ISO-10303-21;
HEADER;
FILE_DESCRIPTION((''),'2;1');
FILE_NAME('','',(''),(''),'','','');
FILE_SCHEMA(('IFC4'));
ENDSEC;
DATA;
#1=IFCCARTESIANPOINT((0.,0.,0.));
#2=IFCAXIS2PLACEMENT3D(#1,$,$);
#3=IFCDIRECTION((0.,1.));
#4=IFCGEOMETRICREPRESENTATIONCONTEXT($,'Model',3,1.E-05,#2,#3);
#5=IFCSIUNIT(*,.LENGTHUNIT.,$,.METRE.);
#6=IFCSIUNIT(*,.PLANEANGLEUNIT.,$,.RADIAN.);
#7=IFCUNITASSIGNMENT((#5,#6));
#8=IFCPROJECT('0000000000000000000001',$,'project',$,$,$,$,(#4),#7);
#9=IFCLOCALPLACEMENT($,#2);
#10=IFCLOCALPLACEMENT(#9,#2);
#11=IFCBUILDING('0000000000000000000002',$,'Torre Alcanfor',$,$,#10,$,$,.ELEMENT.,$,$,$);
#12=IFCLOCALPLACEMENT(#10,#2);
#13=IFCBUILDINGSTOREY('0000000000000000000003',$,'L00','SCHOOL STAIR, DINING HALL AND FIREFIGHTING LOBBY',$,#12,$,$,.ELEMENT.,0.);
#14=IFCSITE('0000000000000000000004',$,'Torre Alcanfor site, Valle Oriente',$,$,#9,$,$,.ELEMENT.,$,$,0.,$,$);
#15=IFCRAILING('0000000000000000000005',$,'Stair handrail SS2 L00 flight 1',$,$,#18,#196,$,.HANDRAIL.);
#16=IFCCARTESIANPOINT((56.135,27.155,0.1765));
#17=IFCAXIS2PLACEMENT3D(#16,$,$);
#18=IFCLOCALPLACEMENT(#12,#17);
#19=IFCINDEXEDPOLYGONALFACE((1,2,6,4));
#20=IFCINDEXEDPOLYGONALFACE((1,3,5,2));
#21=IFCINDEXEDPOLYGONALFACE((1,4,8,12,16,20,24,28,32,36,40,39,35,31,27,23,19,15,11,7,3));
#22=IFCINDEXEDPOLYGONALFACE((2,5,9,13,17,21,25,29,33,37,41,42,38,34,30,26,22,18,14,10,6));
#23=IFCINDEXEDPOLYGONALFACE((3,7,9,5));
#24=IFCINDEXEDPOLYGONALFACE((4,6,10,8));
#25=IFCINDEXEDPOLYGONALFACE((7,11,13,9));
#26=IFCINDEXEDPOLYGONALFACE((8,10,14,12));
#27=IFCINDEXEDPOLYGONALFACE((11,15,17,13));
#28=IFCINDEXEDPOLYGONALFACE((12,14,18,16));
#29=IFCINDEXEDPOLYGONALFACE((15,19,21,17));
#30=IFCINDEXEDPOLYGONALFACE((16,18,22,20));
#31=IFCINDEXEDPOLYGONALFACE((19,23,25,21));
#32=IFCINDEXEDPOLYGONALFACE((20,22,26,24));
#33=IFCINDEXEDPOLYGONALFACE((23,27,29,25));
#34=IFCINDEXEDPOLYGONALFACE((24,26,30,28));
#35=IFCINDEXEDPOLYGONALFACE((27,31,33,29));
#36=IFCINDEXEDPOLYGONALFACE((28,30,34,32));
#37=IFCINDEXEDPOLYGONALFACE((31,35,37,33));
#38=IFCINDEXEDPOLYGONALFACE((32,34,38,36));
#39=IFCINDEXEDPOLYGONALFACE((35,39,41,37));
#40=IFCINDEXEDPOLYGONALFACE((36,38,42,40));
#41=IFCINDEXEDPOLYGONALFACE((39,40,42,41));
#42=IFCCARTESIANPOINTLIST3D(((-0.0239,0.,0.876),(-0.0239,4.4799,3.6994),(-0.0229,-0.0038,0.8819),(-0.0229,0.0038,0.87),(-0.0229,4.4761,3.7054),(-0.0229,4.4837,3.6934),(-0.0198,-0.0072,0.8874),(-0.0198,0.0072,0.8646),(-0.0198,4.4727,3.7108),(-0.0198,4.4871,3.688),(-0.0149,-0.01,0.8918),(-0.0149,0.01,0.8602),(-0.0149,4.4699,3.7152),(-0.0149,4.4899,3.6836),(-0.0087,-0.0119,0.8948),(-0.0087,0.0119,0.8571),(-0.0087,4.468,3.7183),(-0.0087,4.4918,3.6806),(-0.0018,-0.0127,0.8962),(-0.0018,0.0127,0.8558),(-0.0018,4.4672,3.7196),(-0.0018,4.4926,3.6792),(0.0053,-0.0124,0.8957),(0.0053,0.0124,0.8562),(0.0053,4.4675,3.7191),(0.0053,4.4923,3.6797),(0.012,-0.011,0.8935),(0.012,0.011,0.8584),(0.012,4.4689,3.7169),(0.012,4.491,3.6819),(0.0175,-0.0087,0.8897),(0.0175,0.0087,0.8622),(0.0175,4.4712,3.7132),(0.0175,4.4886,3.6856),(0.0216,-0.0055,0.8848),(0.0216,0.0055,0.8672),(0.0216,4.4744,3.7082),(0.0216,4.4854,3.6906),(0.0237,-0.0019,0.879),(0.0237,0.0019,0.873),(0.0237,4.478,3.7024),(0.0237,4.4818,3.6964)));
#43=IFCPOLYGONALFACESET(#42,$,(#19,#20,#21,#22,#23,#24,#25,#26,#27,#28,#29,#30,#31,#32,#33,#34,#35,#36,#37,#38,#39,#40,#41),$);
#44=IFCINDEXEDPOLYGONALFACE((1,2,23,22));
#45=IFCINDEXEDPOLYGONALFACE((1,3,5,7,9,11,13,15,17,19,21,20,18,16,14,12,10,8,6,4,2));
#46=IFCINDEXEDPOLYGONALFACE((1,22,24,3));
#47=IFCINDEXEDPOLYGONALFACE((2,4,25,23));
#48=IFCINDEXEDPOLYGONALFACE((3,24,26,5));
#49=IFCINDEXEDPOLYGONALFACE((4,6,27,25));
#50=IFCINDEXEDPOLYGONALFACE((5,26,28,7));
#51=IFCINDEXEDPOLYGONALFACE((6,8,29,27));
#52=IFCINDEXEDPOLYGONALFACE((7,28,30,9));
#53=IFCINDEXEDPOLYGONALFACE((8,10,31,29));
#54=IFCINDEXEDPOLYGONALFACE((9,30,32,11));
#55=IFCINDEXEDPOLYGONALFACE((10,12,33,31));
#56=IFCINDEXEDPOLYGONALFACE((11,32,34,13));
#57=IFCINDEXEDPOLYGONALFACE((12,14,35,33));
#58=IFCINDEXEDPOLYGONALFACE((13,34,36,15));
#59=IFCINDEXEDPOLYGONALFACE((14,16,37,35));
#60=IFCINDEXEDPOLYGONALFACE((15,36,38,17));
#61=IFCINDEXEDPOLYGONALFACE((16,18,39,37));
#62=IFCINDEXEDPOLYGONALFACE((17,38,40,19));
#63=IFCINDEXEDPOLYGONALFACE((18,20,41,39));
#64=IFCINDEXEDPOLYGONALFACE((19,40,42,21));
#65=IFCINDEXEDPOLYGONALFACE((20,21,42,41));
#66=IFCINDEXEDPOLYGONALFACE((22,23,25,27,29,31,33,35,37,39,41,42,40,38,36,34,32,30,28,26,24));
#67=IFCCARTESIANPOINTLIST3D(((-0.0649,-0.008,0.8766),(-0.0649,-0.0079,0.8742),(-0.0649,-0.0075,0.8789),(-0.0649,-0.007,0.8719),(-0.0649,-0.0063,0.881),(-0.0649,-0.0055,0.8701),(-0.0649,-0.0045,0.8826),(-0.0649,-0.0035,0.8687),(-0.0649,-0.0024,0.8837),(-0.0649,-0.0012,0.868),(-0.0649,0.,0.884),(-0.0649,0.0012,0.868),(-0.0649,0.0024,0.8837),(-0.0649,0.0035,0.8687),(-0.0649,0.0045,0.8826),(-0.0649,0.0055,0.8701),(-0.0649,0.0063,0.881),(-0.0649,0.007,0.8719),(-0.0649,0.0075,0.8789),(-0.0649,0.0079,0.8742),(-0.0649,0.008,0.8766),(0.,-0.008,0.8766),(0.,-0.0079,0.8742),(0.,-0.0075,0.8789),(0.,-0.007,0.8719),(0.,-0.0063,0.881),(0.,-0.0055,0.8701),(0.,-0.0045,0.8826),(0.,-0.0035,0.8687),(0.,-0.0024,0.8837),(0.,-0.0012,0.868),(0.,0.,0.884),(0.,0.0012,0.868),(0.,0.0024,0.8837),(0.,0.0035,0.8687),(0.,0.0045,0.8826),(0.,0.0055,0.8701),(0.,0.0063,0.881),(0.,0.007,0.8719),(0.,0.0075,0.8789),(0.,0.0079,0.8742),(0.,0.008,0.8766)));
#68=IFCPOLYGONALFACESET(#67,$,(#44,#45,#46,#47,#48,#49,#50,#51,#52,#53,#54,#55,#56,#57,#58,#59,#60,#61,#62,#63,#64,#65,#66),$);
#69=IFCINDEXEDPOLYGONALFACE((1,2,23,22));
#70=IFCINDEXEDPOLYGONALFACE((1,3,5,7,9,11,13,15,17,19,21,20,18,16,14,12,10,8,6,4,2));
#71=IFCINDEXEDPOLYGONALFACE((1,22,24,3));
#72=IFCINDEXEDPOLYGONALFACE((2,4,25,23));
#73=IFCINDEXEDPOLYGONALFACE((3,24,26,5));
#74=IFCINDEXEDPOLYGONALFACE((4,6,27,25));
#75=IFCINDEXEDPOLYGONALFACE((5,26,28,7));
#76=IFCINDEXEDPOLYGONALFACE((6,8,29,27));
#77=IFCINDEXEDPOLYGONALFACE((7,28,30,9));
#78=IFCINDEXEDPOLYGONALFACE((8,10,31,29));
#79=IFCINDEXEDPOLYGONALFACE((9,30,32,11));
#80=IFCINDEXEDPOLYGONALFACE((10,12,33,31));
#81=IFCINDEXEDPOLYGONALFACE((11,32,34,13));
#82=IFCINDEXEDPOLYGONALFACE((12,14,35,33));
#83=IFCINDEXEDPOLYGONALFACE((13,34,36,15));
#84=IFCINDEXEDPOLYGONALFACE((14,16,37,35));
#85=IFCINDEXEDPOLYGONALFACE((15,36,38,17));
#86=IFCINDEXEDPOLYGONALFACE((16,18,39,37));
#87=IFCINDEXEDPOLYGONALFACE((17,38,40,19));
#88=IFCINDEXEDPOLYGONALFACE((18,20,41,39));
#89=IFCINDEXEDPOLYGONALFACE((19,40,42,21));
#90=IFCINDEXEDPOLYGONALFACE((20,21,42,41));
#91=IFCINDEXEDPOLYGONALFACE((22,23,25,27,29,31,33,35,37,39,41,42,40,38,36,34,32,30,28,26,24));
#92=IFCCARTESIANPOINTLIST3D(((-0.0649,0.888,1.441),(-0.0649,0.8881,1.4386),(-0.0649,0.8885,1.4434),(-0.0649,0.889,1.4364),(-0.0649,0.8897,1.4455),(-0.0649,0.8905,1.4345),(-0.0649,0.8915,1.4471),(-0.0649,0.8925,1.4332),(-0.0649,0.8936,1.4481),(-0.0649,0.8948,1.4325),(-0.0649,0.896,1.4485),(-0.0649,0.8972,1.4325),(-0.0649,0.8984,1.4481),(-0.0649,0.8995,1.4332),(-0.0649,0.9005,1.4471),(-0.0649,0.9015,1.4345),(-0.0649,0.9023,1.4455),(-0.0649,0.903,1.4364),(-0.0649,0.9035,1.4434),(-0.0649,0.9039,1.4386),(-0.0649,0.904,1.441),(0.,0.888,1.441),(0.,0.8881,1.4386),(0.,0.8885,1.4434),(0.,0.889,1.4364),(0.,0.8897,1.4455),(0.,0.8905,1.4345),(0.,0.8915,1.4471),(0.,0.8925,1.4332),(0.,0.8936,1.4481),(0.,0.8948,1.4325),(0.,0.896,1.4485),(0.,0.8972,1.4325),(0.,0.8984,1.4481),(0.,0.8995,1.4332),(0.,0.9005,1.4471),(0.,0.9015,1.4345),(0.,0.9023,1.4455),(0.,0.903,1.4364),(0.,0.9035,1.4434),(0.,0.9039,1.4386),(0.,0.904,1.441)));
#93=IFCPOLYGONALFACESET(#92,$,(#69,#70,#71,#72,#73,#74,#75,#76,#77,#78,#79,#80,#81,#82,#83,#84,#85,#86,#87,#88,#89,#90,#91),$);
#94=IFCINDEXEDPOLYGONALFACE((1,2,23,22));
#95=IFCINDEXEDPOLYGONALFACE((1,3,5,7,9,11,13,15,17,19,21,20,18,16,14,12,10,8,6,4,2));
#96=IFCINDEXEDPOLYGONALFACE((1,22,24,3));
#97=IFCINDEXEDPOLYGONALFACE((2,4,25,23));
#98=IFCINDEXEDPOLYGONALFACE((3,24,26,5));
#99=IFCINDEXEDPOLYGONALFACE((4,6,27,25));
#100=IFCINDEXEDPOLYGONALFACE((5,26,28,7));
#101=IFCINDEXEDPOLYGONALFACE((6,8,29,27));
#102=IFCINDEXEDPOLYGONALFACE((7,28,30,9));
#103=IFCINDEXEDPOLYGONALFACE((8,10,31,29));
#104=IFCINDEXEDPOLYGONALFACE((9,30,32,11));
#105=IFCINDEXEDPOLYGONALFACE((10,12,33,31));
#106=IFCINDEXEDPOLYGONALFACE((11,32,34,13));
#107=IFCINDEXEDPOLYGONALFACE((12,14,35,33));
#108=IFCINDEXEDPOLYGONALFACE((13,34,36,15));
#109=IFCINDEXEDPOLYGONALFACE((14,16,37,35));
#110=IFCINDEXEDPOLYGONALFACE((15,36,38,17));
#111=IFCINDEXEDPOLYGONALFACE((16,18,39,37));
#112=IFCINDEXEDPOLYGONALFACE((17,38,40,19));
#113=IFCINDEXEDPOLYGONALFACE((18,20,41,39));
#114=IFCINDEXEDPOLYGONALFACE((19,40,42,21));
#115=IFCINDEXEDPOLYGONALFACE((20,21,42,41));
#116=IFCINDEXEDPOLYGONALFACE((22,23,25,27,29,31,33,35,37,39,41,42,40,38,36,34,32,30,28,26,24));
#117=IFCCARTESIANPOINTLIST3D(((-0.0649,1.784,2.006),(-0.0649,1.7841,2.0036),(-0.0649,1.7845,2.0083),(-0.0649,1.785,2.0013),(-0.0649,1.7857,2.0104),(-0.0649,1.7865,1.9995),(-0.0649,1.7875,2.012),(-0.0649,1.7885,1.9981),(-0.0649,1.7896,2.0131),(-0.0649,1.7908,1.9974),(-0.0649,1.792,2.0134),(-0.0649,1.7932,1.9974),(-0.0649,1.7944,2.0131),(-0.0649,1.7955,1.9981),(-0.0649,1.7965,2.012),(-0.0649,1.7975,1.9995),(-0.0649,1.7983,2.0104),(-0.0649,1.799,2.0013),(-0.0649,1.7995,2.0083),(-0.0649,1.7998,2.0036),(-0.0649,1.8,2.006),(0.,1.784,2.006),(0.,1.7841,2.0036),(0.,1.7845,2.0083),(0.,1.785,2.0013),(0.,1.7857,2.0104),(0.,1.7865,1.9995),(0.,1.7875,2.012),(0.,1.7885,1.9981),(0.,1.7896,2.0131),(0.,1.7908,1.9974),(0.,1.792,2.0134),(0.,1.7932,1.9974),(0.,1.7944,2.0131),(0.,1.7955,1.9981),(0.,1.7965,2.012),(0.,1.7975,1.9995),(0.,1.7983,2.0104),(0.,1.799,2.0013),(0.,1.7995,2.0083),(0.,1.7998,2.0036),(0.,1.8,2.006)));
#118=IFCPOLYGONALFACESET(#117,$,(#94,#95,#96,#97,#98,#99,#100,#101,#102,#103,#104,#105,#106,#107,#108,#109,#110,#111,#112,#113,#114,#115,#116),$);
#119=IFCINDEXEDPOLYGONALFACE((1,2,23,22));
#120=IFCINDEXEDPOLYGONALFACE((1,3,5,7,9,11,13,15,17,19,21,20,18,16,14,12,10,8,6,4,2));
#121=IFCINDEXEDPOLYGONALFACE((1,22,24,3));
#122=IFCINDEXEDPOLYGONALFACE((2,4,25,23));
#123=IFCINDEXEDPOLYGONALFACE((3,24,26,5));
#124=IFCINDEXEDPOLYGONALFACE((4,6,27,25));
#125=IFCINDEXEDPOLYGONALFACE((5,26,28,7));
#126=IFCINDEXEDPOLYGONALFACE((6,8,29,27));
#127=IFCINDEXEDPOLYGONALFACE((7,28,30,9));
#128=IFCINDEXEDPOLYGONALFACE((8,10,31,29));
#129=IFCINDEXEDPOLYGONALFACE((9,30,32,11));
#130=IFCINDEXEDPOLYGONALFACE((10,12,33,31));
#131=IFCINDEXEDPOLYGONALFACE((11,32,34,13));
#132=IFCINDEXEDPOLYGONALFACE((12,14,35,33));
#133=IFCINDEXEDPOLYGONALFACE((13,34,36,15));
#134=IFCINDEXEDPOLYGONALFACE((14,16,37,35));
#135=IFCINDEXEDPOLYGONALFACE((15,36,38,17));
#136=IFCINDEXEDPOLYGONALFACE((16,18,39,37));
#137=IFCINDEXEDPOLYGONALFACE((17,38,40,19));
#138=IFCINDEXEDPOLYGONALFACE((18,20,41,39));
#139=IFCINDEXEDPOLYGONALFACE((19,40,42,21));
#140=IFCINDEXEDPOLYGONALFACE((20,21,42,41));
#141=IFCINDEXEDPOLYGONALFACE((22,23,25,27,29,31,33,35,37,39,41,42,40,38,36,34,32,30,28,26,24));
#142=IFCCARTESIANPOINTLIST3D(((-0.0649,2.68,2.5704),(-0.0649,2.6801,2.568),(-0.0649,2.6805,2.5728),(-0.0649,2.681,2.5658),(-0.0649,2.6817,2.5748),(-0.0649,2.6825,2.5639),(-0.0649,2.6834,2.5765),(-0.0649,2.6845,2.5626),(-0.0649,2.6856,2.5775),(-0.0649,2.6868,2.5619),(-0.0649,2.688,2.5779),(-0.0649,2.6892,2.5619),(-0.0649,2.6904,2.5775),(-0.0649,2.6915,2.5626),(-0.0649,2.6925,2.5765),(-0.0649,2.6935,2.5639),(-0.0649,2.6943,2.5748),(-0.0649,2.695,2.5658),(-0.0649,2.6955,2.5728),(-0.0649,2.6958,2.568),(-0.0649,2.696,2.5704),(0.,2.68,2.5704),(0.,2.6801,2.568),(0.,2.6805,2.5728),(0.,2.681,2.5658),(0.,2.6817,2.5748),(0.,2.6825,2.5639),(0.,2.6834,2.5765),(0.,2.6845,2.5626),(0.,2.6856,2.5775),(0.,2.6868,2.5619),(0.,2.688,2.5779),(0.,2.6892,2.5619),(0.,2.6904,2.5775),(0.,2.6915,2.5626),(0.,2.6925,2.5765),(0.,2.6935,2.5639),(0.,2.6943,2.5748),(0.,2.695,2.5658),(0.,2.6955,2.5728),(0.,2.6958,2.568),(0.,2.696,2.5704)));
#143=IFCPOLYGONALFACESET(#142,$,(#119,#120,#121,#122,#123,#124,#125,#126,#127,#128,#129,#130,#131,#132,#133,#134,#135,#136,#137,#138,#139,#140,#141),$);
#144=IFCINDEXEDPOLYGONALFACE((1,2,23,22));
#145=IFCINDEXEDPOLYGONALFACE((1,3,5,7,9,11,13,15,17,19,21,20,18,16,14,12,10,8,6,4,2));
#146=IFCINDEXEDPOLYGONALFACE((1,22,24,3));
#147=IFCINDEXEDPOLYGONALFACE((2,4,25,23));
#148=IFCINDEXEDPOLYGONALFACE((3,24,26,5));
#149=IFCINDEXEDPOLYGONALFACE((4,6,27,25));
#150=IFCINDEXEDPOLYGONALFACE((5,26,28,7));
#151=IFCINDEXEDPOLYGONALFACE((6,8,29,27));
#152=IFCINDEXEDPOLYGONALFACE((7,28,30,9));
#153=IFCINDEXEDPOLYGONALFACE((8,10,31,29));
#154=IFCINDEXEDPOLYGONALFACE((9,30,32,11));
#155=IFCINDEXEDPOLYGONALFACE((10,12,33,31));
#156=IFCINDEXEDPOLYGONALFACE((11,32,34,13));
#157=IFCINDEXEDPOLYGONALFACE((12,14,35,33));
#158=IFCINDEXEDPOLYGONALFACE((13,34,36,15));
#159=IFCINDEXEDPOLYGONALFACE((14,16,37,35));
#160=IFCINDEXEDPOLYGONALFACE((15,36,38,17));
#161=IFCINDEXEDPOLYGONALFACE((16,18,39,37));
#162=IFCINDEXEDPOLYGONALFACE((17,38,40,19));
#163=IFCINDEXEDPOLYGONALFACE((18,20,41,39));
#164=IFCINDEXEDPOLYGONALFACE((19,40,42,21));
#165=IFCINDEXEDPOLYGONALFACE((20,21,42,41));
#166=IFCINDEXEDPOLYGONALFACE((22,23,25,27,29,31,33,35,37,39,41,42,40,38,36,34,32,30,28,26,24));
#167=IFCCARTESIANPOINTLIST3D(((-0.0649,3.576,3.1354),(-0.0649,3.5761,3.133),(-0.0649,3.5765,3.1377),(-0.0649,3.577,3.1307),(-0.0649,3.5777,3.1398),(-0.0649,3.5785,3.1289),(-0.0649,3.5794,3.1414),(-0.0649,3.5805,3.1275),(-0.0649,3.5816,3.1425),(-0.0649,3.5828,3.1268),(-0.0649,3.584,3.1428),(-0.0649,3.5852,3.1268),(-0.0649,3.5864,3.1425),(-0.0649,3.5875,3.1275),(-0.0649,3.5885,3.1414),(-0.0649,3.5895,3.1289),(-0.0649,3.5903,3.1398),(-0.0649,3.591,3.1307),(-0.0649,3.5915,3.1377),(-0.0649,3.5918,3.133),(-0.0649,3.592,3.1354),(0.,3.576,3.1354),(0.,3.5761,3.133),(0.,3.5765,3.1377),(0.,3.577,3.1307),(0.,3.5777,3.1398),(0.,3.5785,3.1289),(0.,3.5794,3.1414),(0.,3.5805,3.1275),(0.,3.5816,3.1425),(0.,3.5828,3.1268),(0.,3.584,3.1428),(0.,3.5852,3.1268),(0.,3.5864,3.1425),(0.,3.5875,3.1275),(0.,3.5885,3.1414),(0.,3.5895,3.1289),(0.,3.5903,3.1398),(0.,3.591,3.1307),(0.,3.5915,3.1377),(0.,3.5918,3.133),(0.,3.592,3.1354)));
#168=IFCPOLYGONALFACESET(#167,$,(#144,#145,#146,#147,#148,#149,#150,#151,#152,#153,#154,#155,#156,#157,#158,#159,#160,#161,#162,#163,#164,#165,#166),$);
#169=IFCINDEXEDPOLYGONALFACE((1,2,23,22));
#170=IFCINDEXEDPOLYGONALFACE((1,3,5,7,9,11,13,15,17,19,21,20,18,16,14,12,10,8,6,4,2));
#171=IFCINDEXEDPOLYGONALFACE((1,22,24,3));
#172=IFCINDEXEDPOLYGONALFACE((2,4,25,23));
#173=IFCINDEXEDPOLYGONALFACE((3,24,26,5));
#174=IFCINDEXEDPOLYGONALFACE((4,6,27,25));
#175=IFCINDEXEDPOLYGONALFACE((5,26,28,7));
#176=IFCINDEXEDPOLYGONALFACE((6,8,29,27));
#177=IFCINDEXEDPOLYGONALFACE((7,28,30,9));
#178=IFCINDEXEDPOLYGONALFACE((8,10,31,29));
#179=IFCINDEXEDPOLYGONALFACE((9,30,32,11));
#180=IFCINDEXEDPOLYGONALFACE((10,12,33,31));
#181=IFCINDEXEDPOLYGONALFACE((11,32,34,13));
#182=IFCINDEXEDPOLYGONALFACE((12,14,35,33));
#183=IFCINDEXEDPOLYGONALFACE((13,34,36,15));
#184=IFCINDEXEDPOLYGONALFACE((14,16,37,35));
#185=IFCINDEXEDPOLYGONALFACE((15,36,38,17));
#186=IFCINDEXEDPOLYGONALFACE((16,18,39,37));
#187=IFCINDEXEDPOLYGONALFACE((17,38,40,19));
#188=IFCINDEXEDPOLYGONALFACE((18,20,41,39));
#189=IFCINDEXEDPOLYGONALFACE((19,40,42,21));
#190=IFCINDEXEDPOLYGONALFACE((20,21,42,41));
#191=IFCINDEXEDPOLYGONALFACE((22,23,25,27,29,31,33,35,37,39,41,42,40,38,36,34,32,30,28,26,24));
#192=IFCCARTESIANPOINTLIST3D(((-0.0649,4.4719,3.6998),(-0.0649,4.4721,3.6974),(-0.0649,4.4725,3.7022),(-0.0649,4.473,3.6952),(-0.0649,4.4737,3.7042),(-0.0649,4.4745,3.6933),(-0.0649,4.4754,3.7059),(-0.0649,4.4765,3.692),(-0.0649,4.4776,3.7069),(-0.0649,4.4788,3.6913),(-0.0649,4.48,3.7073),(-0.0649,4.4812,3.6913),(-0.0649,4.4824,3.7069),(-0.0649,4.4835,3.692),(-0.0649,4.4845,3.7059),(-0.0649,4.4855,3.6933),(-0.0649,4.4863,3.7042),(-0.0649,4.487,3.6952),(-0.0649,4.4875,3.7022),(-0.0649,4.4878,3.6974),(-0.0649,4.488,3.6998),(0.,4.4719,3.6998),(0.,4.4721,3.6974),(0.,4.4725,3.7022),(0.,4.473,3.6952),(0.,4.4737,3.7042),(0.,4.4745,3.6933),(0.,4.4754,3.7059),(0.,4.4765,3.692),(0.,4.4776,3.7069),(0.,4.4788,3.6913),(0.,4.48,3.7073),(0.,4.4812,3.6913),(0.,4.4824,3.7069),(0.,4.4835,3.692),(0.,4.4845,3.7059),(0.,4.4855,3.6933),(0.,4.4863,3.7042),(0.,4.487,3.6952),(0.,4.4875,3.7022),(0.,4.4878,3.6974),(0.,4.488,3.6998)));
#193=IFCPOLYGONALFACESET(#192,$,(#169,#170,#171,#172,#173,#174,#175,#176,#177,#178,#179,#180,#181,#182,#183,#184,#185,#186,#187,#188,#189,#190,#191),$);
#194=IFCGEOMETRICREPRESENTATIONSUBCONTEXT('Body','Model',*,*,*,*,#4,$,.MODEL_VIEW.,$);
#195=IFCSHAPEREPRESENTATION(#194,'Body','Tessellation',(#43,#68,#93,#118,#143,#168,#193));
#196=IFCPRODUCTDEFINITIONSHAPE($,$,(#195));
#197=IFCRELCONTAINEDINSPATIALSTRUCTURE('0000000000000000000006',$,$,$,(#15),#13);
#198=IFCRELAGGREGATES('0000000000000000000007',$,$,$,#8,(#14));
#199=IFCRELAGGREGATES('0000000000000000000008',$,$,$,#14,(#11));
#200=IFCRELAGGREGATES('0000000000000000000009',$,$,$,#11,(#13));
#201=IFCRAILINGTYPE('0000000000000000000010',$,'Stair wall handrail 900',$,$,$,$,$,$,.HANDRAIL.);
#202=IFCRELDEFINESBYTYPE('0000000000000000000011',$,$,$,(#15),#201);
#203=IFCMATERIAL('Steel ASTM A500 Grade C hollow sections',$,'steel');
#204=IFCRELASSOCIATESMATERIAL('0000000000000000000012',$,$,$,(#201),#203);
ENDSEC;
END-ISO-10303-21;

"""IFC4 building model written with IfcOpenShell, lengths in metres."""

from ifc_helpers import new_model, si_unit, direction, frame, origin, origin_2d, place, context, subcontext, project, spatial, circle, extrude, material, type_object, element, save


model = new_model("IFC4")

# Units and contexts
model_context = context("Model", 3, precision=1e-05, world=origin(), true_north=direction((0.0, 1.0)))
body_context = subcontext(model_context, "Body", "Model", "MODEL_VIEW")
ifc_project = project(units=[si_unit("LENGTHUNIT", "METRE"), si_unit("PLANEANGLEUNIT", "RADIAN")], contexts=[model_context])

# Site, building, storey
site_placement = place(None, origin())
site = spatial("IfcSite", under=ifc_project, at=site_placement, Name="Torre Alcanfor site, Valle Oriente", CompositionType="ELEMENT", RefElevation=0.0)
building_placement = place(site_placement, origin())
building = spatial("IfcBuilding", under=site, at=building_placement, Name="Torre Alcanfor", CompositionType="ELEMENT")
storey_placement = place(building_placement, origin())
storey = spatial("IfcBuildingStorey", under=building, at=storey_placement, Name="L00", Description="SCHOOL STAIR, DINING HALL AND FIREFIGHTING LOBBY", CompositionType="ELEMENT", Elevation=0.0)

# Railing
ifc_material_1 = material(Name="Steel ASTM A500 Grade C hollow sections", Category="steel")
railing_type = type_object("IfcRailingType", Name="Stair wall handrail 900", PredefinedType="HANDRAIL", material=ifc_material_1)
railing_placement = place(storey_placement, frame((56.135, 27.155, 0.1765)))
element("IfcRailing", 1, at=railing_placement, inside=storey, type_object=railing_type, Name="Stair handrail SS2 L00 flight 1", PredefinedType="HANDRAIL", context=body_context, shape_type="SweptSolid", body=[
    extrude(circle(Radius=0.0239, at=origin_2d()), frame((0.0, 0.0, 0.876), z_axis=(0.0, 0.845998, 0.533186), x_axis=(-1.0, 0.0, 0.0)), (0.0, 0.0, 1.0), 5.2954),
    extrude(circle(Radius=0.0081, at=origin_2d()), frame((0.0, 0.0, 0.876), z_axis=(-1.0, 0.0, 0.0), x_axis=(0.0, 0.0, 1.0)), (0.0, 0.0, 1.0), 0.0649),
    extrude(circle(Radius=0.0081, at=origin_2d()), frame((0.0, 0.896, 1.4404), z_axis=(-1.0, 0.0, 0.0), x_axis=(0.0, 0.0, 1.0)), (0.0, 0.0, 1.0), 0.0649),
    extrude(circle(Radius=0.0081, at=origin_2d()), frame((0.0, 1.792, 2.0054), z_axis=(-1.0, 0.0, 0.0), x_axis=(0.0, 0.0, 1.0)), (0.0, 0.0, 1.0), 0.0649),
    extrude(circle(Radius=0.0081, at=origin_2d()), frame((0.0, 2.688, 2.5698), z_axis=(-1.0, 0.0, 0.0), x_axis=(0.0, 0.0, 1.0)), (0.0, 0.0, 1.0), 0.0649),
    extrude(circle(Radius=0.0081, at=origin_2d()), frame((0.0, 3.584, 3.1348), z_axis=(-1.0, 0.0, 0.0), x_axis=(0.0, 0.0, 1.0)), (0.0, 0.0, 1.0), 0.0649),
    extrude(circle(Radius=0.0081, at=origin_2d()), frame((0.0, 4.48, 3.6992), z_axis=(-1.0, 0.0, 0.0), x_axis=(0.0, 0.0, 1.0)), (0.0, 0.0, 1.0), 0.0649),
])

save(model, "model.ifc")
